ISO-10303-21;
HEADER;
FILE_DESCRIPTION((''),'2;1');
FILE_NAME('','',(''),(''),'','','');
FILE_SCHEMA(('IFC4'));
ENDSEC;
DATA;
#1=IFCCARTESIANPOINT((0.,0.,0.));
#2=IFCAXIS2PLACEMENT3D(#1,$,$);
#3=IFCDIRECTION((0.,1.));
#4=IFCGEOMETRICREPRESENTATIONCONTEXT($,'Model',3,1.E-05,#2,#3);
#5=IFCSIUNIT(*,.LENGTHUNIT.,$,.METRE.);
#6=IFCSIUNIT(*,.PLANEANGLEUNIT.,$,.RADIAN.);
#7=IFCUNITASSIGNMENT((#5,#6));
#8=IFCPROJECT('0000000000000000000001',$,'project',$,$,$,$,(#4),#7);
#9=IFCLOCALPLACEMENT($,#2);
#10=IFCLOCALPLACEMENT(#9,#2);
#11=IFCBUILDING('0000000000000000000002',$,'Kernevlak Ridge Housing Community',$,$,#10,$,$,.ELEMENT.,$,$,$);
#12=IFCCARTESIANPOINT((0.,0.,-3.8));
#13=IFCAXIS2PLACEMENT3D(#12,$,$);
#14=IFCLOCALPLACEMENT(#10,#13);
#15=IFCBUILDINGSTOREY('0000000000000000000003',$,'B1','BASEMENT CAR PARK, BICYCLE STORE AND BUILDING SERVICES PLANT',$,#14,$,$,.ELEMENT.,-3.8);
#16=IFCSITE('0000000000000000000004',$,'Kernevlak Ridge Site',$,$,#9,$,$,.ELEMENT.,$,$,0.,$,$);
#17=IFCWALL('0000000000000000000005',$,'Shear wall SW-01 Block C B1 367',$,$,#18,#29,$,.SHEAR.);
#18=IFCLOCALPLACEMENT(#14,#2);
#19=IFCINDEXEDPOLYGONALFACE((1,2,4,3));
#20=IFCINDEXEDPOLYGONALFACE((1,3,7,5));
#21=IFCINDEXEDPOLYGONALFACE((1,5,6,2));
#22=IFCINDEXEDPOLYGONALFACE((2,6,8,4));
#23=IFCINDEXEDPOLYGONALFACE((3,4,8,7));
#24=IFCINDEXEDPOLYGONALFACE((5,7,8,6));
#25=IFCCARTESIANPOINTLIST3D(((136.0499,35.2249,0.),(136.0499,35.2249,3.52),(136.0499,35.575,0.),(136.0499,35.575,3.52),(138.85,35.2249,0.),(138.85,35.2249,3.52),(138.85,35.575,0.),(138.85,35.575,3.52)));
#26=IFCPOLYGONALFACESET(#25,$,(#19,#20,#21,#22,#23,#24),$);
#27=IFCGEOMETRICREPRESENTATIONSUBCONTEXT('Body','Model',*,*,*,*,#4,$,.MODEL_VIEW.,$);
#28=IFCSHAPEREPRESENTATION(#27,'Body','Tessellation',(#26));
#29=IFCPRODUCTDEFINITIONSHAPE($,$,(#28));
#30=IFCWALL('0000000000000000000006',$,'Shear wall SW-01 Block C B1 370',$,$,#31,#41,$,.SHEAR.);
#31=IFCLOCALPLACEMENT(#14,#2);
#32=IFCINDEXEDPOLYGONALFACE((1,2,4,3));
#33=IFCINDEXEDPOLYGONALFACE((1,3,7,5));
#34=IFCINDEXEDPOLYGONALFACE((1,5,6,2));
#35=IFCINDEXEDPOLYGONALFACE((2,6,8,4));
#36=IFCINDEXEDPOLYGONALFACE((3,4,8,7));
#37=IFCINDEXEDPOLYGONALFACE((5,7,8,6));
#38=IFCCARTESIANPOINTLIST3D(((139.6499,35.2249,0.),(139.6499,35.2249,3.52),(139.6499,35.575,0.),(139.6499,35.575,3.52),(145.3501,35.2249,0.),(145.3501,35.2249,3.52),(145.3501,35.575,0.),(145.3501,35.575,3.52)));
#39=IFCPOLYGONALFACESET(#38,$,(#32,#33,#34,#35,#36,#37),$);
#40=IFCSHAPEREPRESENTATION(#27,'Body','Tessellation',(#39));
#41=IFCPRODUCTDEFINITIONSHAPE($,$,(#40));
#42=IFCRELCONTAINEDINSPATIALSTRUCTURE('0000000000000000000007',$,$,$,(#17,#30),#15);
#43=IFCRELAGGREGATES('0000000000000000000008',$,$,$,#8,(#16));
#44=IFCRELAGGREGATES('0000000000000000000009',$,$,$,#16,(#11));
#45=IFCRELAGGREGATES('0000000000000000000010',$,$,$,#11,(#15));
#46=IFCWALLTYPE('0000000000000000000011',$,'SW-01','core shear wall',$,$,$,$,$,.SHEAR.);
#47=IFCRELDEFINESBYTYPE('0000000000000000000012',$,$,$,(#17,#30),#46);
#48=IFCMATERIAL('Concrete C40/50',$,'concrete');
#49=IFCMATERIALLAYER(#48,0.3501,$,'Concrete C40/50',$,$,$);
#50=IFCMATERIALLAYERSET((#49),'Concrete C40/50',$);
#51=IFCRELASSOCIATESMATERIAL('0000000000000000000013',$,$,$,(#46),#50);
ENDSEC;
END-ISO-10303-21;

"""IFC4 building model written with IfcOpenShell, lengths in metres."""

from ifc_helpers import new_model, si_unit, direction, frame, frame_2d, origin, place, context, subcontext, project, spatial, rectangle, extrude, material, layer, layer_set, type_object, element, save


model = new_model("IFC4")

# Units and contexts
model_context = context("Model", 3, precision=1e-05, world=origin(), true_north=direction((0.0, 1.0)))
body_context = subcontext(model_context, "Body", "Model", "MODEL_VIEW")
ifc_project = project(units=[si_unit("LENGTHUNIT", "METRE"), si_unit("PLANEANGLEUNIT", "RADIAN")], contexts=[model_context])

# Site, building, storey
site_placement = place(None, origin())
site = spatial("IfcSite", under=ifc_project, at=site_placement, Name="Kernevlak Ridge Site", CompositionType="ELEMENT", RefElevation=0.0)
building_placement = place(site_placement, origin())
building = spatial("IfcBuilding", under=site, at=building_placement, Name="Kernevlak Ridge Housing Community", CompositionType="ELEMENT")
storey_placement = place(building_placement, frame((0.0, 0.0, -3.8)))
storey = spatial("IfcBuildingStorey", under=building, at=storey_placement, Name="B1", Description="BASEMENT CAR PARK, BICYCLE STORE AND BUILDING SERVICES PLANT", CompositionType="ELEMENT", Elevation=-3.8)

# Shared definitions
ifc_material_1 = material(Name="Concrete C40/50", Category="concrete")

# Walls
ifc_layer = layer(ifc_material_1, 0.3501, Name="Concrete C40/50")
ifc_layer_set = layer_set([ifc_layer], Name="Concrete C40/50")
wall_type = type_object("IfcWallType", Name="SW-01", Description="core shear wall", PredefinedType="SHEAR", material=ifc_layer_set)
wall_1_placement = place(storey_placement, frame((136.05, 35.3999, 0.0), z_axis=(0.0, 0.0, 1.0), x_axis=(1.0, 0.0, 0.0)))
element("IfcWall", 1, at=wall_1_placement, inside=storey, type_object=wall_type, Name="Shear wall SW-01 Block C B1 367", PredefinedType="SHEAR", context=body_context, shape_type="SweptSolid", body=[
    extrude(rectangle(XDim=2.8, YDim=0.3501, at=frame_2d((1.3999, 0.0))), origin(), (0.0, 0.0, 1.0), 3.52),
])
wall_2_placement = place(storey_placement, frame((139.6499, 35.3999, 0.0), z_axis=(0.0, 0.0, 1.0), x_axis=(1.0, 0.0, 0.0)))
element("IfcWall", 2, at=wall_2_placement, inside=storey, type_object=wall_type, Name="Shear wall SW-01 Block C B1 370", PredefinedType="SHEAR", context=body_context, shape_type="SweptSolid", body=[
    extrude(rectangle(XDim=5.7002, YDim=0.3501, at=frame_2d((2.8501, 0.0))), origin(), (0.0, 0.0, 1.0), 3.52),
])

save(model, "model.ifc")
